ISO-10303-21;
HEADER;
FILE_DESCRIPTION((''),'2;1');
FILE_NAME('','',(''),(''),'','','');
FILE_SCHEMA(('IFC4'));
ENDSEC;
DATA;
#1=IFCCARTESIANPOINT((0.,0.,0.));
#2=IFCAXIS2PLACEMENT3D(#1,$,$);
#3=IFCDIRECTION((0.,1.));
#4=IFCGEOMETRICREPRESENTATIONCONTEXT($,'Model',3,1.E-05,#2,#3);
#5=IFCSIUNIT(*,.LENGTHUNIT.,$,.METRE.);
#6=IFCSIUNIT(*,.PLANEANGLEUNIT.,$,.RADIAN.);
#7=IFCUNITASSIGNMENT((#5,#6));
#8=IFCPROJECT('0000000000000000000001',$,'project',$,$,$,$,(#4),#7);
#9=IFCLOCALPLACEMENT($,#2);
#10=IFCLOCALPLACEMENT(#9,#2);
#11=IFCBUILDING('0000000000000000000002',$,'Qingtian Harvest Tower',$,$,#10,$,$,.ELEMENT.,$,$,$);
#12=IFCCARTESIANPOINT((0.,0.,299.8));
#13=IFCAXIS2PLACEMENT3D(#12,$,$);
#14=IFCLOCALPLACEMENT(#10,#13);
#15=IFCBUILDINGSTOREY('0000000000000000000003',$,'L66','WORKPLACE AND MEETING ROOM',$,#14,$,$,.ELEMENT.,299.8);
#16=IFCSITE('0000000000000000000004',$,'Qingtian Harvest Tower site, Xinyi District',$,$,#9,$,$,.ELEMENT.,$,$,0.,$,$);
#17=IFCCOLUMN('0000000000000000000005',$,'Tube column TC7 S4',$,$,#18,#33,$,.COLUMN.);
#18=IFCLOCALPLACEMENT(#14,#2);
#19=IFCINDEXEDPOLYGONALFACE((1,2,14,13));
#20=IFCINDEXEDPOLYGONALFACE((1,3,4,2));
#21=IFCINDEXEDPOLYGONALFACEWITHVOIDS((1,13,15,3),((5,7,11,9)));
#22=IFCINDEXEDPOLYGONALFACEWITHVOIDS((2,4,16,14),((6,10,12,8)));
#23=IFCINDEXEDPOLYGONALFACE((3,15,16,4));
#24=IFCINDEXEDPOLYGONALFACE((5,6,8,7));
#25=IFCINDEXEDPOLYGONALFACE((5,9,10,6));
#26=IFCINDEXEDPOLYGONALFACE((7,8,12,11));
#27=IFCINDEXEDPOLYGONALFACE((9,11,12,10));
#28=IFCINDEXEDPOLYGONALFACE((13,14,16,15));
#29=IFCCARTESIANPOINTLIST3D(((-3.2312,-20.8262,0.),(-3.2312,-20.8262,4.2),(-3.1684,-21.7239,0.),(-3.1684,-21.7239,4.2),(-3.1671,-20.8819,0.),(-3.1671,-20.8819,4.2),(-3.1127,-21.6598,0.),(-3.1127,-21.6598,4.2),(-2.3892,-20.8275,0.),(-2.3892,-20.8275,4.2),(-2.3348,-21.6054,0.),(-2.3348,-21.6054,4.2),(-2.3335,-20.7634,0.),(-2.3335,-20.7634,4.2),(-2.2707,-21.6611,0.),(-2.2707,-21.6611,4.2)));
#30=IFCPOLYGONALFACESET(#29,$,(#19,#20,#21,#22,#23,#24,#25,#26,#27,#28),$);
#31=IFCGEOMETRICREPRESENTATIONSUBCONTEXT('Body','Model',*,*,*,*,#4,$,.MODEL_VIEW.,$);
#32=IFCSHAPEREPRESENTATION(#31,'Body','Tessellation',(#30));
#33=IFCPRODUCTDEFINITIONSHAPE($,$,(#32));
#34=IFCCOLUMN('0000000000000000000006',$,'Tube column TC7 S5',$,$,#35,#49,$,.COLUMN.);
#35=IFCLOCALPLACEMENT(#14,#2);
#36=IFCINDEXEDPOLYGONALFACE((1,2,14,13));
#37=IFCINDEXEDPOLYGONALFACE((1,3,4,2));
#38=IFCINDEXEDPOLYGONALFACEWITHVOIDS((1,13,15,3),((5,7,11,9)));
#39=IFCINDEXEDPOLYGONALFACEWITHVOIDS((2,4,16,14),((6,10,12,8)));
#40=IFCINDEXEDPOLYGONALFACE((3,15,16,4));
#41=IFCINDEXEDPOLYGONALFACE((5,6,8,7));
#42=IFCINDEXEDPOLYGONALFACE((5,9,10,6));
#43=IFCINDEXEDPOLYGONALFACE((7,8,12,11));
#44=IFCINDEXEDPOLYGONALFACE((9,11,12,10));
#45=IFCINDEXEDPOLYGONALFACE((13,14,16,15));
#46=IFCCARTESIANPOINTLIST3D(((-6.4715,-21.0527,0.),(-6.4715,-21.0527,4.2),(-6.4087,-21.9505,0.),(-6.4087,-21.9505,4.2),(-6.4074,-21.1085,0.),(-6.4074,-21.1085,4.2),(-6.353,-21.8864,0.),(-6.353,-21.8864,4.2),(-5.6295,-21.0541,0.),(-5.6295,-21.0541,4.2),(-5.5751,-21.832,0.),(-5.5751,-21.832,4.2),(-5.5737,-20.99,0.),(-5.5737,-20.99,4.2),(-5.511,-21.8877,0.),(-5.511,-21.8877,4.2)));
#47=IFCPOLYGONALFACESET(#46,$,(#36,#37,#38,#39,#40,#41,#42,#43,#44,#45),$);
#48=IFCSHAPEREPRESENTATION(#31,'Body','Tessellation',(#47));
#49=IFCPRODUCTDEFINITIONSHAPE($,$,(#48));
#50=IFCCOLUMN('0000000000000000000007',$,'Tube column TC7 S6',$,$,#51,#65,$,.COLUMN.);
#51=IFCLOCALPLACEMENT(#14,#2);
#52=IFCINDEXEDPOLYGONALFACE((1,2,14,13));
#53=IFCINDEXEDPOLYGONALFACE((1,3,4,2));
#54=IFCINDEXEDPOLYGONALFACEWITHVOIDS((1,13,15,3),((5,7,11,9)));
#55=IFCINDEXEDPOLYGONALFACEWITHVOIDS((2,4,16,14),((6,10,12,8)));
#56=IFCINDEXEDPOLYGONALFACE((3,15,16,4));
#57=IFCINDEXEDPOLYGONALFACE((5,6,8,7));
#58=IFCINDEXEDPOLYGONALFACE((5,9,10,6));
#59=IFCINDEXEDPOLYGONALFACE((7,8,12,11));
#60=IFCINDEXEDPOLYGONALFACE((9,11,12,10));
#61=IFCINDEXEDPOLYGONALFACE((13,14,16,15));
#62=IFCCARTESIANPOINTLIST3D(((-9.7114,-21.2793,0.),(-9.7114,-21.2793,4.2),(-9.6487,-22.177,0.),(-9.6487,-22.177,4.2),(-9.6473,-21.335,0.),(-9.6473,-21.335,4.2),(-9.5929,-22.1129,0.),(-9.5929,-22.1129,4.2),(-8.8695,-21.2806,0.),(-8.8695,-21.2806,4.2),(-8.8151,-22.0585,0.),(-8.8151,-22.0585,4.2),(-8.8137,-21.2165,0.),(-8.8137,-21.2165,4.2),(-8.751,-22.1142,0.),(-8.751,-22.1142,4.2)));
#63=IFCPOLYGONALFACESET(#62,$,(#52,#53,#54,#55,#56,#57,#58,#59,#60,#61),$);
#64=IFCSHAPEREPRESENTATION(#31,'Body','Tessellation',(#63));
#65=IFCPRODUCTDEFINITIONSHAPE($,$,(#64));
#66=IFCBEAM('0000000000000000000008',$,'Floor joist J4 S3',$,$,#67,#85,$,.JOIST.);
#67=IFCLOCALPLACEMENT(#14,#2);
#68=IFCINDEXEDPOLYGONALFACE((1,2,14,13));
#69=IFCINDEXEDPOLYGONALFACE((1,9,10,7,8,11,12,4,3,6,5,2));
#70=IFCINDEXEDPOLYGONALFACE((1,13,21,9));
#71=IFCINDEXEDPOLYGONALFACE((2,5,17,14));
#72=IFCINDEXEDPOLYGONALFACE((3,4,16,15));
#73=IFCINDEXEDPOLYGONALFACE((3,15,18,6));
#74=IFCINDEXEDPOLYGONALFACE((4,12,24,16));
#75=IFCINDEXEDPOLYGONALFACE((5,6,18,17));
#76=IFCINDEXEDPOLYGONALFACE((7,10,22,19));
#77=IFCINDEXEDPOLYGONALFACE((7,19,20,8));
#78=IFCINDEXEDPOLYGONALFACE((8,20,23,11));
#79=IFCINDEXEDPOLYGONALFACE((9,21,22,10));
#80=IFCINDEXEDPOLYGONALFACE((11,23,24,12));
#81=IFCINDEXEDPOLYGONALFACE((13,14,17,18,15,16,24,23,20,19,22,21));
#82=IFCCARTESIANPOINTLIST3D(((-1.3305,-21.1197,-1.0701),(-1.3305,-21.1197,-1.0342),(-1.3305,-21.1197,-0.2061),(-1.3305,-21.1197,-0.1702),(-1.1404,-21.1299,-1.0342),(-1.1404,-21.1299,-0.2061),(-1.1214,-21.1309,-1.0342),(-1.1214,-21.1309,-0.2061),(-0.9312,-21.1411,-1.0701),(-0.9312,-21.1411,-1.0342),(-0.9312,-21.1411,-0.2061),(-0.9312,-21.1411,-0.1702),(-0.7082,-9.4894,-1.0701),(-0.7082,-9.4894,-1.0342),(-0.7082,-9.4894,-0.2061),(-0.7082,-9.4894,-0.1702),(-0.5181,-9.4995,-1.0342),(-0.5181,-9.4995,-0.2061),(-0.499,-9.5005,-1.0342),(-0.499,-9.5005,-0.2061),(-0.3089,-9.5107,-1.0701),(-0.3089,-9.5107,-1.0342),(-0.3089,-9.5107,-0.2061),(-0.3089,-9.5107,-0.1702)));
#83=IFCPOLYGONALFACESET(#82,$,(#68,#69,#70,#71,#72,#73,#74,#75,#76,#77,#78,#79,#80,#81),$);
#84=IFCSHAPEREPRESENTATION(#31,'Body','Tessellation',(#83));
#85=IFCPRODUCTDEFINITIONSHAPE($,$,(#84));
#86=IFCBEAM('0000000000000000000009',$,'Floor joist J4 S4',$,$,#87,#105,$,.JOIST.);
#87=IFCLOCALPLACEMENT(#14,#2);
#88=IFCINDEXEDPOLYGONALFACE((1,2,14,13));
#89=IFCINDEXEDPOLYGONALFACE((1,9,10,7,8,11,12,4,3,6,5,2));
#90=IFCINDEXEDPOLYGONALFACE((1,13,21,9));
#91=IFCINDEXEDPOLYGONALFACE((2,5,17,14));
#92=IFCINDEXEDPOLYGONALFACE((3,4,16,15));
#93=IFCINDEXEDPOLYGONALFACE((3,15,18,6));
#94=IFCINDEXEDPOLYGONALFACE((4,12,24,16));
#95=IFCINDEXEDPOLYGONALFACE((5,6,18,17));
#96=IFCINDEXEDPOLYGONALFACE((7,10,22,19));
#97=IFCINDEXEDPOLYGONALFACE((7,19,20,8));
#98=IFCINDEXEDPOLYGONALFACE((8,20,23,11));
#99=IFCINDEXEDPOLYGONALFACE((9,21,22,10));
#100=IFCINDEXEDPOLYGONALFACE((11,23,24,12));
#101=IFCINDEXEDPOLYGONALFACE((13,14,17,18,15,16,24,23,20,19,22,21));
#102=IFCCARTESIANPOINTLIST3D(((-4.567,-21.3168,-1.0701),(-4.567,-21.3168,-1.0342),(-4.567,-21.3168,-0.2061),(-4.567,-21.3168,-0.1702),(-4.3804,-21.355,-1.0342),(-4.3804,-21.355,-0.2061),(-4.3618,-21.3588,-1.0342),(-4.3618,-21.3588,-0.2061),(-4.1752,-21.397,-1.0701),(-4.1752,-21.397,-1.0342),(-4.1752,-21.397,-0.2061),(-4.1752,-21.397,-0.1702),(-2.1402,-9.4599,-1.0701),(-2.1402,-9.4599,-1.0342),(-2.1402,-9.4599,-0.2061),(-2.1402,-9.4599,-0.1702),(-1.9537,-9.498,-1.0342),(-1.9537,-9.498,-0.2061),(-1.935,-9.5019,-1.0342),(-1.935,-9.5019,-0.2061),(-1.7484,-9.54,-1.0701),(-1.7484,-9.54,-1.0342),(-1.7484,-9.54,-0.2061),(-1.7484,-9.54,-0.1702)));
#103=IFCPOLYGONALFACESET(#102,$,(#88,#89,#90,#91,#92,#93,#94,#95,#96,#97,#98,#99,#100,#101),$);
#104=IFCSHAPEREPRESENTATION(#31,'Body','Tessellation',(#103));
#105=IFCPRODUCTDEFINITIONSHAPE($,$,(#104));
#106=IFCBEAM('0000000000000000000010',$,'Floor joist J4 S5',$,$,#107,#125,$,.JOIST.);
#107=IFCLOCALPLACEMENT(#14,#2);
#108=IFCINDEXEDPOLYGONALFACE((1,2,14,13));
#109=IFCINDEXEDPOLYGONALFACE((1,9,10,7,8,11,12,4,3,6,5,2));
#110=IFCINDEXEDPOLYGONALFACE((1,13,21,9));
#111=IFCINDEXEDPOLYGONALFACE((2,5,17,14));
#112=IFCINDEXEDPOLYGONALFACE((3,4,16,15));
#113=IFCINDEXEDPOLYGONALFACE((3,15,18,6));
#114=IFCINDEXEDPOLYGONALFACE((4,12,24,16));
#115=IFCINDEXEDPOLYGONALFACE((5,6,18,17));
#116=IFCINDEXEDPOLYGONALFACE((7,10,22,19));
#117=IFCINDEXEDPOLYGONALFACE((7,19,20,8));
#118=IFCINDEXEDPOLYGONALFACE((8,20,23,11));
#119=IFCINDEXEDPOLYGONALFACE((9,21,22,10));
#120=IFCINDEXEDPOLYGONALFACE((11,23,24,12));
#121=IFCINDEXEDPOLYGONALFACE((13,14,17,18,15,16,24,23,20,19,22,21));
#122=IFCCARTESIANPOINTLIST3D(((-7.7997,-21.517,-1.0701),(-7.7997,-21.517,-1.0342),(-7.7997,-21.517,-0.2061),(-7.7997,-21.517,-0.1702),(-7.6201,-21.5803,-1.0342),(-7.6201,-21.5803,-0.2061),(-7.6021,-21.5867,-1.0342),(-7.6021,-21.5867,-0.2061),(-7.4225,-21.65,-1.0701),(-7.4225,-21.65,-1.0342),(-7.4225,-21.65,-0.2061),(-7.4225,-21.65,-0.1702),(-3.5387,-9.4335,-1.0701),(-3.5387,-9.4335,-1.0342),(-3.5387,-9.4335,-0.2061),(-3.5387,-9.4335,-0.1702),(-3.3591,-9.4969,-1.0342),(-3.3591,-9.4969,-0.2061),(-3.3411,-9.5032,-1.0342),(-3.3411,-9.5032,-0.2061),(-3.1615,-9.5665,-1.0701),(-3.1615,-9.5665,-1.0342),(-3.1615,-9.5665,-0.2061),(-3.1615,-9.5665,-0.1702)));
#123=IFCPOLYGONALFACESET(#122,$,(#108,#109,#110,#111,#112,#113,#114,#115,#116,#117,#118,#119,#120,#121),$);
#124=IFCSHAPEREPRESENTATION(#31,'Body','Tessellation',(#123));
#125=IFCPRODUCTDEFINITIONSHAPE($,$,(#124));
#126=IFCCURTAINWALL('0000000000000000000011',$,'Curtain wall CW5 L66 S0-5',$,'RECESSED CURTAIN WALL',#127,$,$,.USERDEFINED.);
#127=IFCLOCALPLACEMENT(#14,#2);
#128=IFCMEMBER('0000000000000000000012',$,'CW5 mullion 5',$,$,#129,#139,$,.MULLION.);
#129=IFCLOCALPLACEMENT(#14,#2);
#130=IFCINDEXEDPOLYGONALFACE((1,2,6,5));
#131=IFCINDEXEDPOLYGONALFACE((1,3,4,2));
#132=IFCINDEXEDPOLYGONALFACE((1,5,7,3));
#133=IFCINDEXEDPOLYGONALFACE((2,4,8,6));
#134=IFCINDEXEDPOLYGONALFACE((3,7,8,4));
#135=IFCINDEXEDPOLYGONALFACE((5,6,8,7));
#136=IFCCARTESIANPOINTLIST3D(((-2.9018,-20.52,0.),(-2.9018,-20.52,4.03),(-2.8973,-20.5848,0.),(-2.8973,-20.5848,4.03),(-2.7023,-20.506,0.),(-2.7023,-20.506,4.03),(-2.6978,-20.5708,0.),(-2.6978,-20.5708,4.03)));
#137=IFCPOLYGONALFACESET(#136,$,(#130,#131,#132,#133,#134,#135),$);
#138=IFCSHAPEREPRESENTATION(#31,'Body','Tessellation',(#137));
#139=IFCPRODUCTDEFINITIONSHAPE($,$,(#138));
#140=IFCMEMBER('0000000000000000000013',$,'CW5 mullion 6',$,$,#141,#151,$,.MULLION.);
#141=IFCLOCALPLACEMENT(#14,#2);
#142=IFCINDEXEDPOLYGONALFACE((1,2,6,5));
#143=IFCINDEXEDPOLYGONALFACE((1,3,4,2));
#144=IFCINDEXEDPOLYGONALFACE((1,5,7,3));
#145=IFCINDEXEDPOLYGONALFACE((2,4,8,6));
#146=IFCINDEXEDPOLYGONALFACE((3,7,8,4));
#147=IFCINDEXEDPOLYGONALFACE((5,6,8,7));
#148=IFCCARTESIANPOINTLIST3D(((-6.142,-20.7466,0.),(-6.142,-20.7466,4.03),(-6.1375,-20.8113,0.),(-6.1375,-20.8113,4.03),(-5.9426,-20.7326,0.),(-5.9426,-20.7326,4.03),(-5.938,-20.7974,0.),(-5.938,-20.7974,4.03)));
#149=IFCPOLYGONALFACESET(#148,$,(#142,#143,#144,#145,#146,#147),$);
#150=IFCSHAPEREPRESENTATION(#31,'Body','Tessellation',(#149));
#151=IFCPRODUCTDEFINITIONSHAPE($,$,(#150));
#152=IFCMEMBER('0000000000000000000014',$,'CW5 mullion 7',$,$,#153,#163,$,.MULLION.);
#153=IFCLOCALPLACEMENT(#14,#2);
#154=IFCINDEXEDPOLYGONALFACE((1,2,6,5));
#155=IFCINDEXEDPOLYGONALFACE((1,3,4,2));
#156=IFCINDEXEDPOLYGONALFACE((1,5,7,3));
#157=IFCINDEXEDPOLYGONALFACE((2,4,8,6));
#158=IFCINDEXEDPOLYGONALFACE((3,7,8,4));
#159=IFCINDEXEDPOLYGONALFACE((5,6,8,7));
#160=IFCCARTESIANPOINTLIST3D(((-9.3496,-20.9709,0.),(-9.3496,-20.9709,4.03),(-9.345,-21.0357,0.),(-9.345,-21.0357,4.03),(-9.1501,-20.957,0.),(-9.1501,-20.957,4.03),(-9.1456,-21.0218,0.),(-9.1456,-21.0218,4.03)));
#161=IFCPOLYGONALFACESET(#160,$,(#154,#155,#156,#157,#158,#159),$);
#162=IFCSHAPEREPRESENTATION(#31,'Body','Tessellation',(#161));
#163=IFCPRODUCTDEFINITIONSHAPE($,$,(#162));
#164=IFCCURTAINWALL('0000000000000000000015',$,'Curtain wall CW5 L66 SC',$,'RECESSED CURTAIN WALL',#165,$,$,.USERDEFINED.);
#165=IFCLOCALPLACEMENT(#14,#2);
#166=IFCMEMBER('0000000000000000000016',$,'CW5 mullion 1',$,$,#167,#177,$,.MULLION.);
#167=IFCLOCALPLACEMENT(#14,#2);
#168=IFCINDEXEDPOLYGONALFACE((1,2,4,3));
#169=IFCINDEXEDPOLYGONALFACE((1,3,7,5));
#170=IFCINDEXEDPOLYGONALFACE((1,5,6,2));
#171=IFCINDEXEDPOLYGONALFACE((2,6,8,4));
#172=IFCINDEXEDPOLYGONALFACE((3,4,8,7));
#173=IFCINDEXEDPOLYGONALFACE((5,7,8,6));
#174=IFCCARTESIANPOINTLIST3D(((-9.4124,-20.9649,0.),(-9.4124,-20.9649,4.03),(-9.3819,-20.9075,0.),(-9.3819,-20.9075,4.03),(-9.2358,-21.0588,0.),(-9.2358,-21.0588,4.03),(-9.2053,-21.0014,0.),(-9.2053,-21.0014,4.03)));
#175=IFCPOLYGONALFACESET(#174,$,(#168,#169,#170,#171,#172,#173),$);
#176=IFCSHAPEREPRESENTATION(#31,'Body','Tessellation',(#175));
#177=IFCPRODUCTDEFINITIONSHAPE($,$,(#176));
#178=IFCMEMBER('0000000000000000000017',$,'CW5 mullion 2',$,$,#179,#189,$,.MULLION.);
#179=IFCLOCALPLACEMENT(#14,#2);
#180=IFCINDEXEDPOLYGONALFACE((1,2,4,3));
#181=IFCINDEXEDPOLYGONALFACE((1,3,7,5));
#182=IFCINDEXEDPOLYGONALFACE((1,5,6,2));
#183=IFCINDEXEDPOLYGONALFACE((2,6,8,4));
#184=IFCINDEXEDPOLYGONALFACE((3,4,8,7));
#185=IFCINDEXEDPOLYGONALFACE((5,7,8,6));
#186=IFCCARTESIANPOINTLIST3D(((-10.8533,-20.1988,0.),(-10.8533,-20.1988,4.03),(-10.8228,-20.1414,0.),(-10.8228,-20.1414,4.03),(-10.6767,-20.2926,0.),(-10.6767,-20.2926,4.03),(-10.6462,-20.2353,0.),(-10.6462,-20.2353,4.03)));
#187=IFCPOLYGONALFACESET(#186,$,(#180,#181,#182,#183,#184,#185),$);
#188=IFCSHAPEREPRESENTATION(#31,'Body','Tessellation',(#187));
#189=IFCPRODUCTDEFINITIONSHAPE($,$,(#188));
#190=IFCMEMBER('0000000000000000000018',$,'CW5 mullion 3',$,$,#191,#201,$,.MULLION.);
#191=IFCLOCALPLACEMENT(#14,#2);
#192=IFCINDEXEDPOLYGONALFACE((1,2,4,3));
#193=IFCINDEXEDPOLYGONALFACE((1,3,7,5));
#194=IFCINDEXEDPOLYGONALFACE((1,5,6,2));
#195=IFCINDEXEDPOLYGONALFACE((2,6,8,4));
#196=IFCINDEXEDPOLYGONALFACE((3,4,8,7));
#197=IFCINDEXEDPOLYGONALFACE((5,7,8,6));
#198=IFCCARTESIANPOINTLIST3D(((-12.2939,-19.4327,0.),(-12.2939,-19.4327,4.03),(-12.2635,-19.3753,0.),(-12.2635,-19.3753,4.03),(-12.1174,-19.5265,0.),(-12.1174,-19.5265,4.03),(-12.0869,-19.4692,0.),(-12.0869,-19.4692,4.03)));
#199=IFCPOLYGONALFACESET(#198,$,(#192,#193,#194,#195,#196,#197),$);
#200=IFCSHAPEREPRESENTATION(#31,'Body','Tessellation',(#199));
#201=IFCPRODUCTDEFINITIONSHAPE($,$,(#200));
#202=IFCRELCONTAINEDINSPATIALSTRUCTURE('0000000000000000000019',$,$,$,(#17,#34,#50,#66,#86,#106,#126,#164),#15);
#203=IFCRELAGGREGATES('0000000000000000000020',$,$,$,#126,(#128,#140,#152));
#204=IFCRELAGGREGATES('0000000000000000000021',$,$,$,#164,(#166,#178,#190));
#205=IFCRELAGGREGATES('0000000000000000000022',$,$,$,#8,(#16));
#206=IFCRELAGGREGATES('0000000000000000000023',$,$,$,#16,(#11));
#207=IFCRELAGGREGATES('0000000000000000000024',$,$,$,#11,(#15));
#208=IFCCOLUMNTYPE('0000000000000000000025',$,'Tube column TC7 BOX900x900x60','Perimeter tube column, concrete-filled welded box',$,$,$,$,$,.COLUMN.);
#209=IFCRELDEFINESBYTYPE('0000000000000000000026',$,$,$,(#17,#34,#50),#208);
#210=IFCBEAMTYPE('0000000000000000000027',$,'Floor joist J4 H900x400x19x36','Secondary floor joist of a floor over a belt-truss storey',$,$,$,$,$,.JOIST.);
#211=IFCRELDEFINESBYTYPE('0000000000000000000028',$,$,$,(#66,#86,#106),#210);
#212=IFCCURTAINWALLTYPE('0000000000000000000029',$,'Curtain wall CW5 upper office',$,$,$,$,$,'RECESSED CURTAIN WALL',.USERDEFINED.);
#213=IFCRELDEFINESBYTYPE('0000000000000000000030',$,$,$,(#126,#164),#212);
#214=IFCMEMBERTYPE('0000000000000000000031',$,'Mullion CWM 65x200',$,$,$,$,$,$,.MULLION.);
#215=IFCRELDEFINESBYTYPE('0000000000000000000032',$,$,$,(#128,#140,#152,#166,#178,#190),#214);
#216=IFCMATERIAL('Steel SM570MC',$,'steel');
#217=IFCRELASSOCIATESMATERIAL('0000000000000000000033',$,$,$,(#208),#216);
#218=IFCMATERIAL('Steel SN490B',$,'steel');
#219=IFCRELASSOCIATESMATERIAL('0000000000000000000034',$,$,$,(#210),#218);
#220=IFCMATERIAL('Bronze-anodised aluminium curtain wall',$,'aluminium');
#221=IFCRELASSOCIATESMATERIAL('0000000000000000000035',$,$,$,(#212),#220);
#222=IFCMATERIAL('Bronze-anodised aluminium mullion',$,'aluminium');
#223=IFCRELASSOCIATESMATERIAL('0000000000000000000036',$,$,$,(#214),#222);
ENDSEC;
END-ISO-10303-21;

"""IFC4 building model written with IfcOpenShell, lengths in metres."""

from ifc_helpers import new_model, si_unit, direction, frame, origin, origin_2d, place, context, subcontext, project, spatial, rectangle, hollow_rectangle, i_section, extrude, material, material_profile, profile_set, type_object, element, aggregate, save


model = new_model("IFC4")

# Units and contexts
model_context = context("Model", 3, precision=1e-05, world=origin(), true_north=direction((0.0, 1.0)))
body_context = subcontext(model_context, "Body", "Model", "MODEL_VIEW")
ifc_project = project(units=[si_unit("LENGTHUNIT", "METRE"), si_unit("PLANEANGLEUNIT", "RADIAN")], contexts=[model_context])

# Site, building, storey
site_placement = place(None, origin())
site = spatial("IfcSite", under=ifc_project, at=site_placement, Name="Qingtian Harvest Tower site, Xinyi District", CompositionType="ELEMENT", RefElevation=0.0)
building_placement = place(site_placement, origin())
building = spatial("IfcBuilding", under=site, at=building_placement, Name="Qingtian Harvest Tower", CompositionType="ELEMENT")
storey_placement = place(building_placement, frame((0.0, 0.0, 299.8)))
storey = spatial("IfcBuildingStorey", under=building, at=storey_placement, Name="L66", Description="WORKPLACE AND MEETING ROOM", CompositionType="ELEMENT", Elevation=299.8)

# Columns
ifc_material_1 = material(Name="Steel SM570MC", Category="steel")
ifc_material_profile_1 = material_profile(ifc_material_1, hollow_rectangle(XDim=0.8999, YDim=0.8999, WallThickness=0.0601, at=origin_2d()), Name="BOX900x900x60")
ifc_profile_set_1 = profile_set([ifc_material_profile_1], Name="Steel SM570MC")
column_type = type_object("IfcColumnType", Name="Tube column TC7 BOX900x900x60", Description="Perimeter tube column, concrete-filled welded box", PredefinedType="COLUMN", material=ifc_profile_set_1)
for number, where, z_axis, x_axis, name in (
    (1, (-2.751, -21.2437, 0.0), (0.0, 0.0, 1.0), (0.997564, 0.069756, 0.0), "Tube column TC7 S4"),
    (2, (-5.9912, -21.4702, 0.0), (0.0, 0.0, 1.0), (0.997564, 0.069756, 0.0), "Tube column TC7 S5"),
    (3, (-9.2312, -21.6968, 0.0), (0.0, 0.0, 1.0), (0.997564, 0.069756, 0.0), "Tube column TC7 S6"),
):
    element("IfcColumn", number, at=place(storey_placement, frame(where, z_axis=z_axis, x_axis=x_axis)), inside=storey, type_object=column_type, Name=name, PredefinedType="COLUMN", context=body_context, shape_type="SweptSolid", body=[
        extrude(hollow_rectangle(XDim=0.8999, YDim=0.8999, WallThickness=0.0601, at=origin_2d()), origin(), (0.0, 0.0, 1.0), 4.2),
    ])

# Beams
ifc_material_2 = material(Name="Steel SN490B", Category="steel")
ifc_material_profile_2 = material_profile(ifc_material_2, i_section(OverallWidth=0.3999, OverallDepth=0.8999, WebThickness=0.019, FlangeThickness=0.0359, at=origin_2d()), Name="H900x400x19x36")
ifc_profile_set_2 = profile_set([ifc_material_profile_2], Name="Steel SN490B")
beam_type_1 = type_object("IfcBeamType", Name="Floor joist J4 H900x400x19x36", Description="Secondary floor joist of a floor over a belt-truss storey", PredefinedType="JOIST", material=ifc_profile_set_2)
beam_1_placement = place(storey_placement, frame((-1.1309, -21.1304, -0.6201), z_axis=(0.053431, 0.998572, 0.0), x_axis=(-0.998572, 0.053431, 0.0)))
element("IfcBeam", 4, at=beam_1_placement, inside=storey, type_object=beam_type_1, Name="Floor joist J4 S3", PredefinedType="JOIST", context=body_context, shape_type="SweptSolid", body=[
    extrude(i_section(OverallWidth=0.3999, OverallDepth=0.8999, WebThickness=0.019, FlangeThickness=0.0359, at=origin_2d()), origin(), (0.0, 0.0, 1.0), 11.647),
])
beam_2_placement = place(storey_placement, frame((-4.3711, -21.3569, -0.6201), z_axis=(0.200513, 0.979691, 0.0), x_axis=(-0.979691, 0.200513, 0.0)))
element("IfcBeam", 5, at=beam_2_placement, inside=storey, type_object=beam_type_1, Name="Floor joist J4 S4", PredefinedType="JOIST", context=body_context, shape_type="SweptSolid", body=[
    extrude(i_section(OverallWidth=0.3999, OverallDepth=0.8999, WebThickness=0.019, FlangeThickness=0.0359, at=origin_2d()), origin(), (0.0, 0.0, 1.0), 12.1028),
])
beam_3_placement = place(storey_placement, frame((-7.6111, -21.5835, -0.6201), z_axis=(0.332558, 0.943083, 0.0), x_axis=(-0.943083, 0.332558, 0.0)))
element("IfcBeam", 6, at=beam_3_placement, inside=storey, type_object=beam_type_1, Name="Floor joist J4 S5", PredefinedType="JOIST", context=body_context, shape_type="SweptSolid", body=[
    extrude(i_section(OverallWidth=0.3999, OverallDepth=0.8999, WebThickness=0.019, FlangeThickness=0.0359, at=origin_2d()), origin(), (0.0, 0.0, 1.0), 12.8127),
])

# Curtain walls, members
ifc_material_3 = material(Name="Bronze-anodised aluminium curtain wall", Category="aluminium")
curtain_wall_type = type_object("IfcCurtainWallType", Name="Curtain wall CW5 upper office", ElementType="RECESSED CURTAIN WALL", PredefinedType="USERDEFINED", material=ifc_material_3)
curtain_wall_1_placement = place(storey_placement, origin())
curtain_wall_1 = element("IfcCurtainWall", 7, at=curtain_wall_1_placement, inside=storey, type_object=curtain_wall_type, Name="Curtain wall CW5 L66 S0-5", ObjectType="RECESSED CURTAIN WALL", PredefinedType="USERDEFINED")
ifc_material_4 = material(Name="Bronze-anodised aluminium mullion", Category="aluminium")
ifc_material_profile_3 = material_profile(ifc_material_4, rectangle(XDim=0.0649, YDim=0.2, at=origin_2d()), Name="AL 65x200")
ifc_profile_set_3 = profile_set([ifc_material_profile_3], Name="Bronze-anodised aluminium mullion")
member_type_1 = type_object("IfcMemberType", Name="Mullion CWM 65x200", PredefinedType="MULLION", material=ifc_profile_set_3)
member_1_placement = place(storey_placement, frame((-2.7998, -20.5454, 0.0), z_axis=(0.0, 0.0, 1.0), x_axis=(0.069756, -0.997564, 0.0)))
member_1 = element("IfcMember", 8, at=member_1_placement, type_object=member_type_1, Name="CW5 mullion 5", PredefinedType="MULLION", context=body_context, shape_type="SweptSolid", body=[
    extrude(rectangle(XDim=0.0649, YDim=0.2, at=origin_2d()), origin(), (0.0, 0.0, 1.0), 4.03),
])
member_2_placement = place(storey_placement, frame((-6.04, -20.772, 0.0), z_axis=(0.0, 0.0, 1.0), x_axis=(0.069756, -0.997564, 0.0)))
member_2 = element("IfcMember", 9, at=member_2_placement, type_object=member_type_1, Name="CW5 mullion 6", PredefinedType="MULLION", context=body_context, shape_type="SweptSolid", body=[
    extrude(rectangle(XDim=0.0649, YDim=0.2, at=origin_2d()), origin(), (0.0, 0.0, 1.0), 4.03),
])
member_3_placement = place(storey_placement, frame((-9.2476, -20.9963, 0.0), z_axis=(0.0, 0.0, 1.0), x_axis=(0.069756, -0.997564, 0.0)))
member_3 = element("IfcMember", 10, at=member_3_placement, type_object=member_type_1, Name="CW5 mullion 7", PredefinedType="MULLION", context=body_context, shape_type="SweptSolid", body=[
    extrude(rectangle(XDim=0.0649, YDim=0.2, at=origin_2d()), origin(), (0.0, 0.0, 1.0), 4.03),
])
curtain_wall_2_placement = place(storey_placement, origin())
curtain_wall_2 = element("IfcCurtainWall", 11, at=curtain_wall_2_placement, inside=storey, type_object=curtain_wall_type, Name="Curtain wall CW5 L66 SC", ObjectType="RECESSED CURTAIN WALL", PredefinedType="USERDEFINED")
member_4_placement = place(storey_placement, frame((-9.3088, -20.9832, 0.0), z_axis=(0.0, 0.0, 1.0), x_axis=(-0.469472, -0.882948, 0.0)))
member_4 = element("IfcMember", 12, at=member_4_placement, type_object=member_type_1, Name="CW5 mullion 1", PredefinedType="MULLION", context=body_context, shape_type="SweptSolid", body=[
    extrude(rectangle(XDim=0.0649, YDim=0.2, at=origin_2d()), origin(), (0.0, 0.0, 1.0), 4.03),
])
member_5_placement = place(storey_placement, frame((-10.7498, -20.217, 0.0), z_axis=(0.0, 0.0, 1.0), x_axis=(-0.469472, -0.882948, 0.0)))
member_5 = element("IfcMember", 13, at=member_5_placement, type_object=member_type_1, Name="CW5 mullion 2", PredefinedType="MULLION", context=body_context, shape_type="SweptSolid", body=[
    extrude(rectangle(XDim=0.0649, YDim=0.2, at=origin_2d()), origin(), (0.0, 0.0, 1.0), 4.03),
])
member_6_placement = place(storey_placement, frame((-12.1904, -19.4509, 0.0), z_axis=(0.0, 0.0, 1.0), x_axis=(-0.469472, -0.882948, 0.0)))
member_6 = element("IfcMember", 14, at=member_6_placement, type_object=member_type_1, Name="CW5 mullion 3", PredefinedType="MULLION", context=body_context, shape_type="SweptSolid", body=[
    extrude(rectangle(XDim=0.0649, YDim=0.2, at=origin_2d()), origin(), (0.0, 0.0, 1.0), 4.03),
])

aggregate(curtain_wall_1, [member_1, member_2, member_3])
aggregate(curtain_wall_2, [member_4, member_5, member_6])

save(model, "model.ifc")
